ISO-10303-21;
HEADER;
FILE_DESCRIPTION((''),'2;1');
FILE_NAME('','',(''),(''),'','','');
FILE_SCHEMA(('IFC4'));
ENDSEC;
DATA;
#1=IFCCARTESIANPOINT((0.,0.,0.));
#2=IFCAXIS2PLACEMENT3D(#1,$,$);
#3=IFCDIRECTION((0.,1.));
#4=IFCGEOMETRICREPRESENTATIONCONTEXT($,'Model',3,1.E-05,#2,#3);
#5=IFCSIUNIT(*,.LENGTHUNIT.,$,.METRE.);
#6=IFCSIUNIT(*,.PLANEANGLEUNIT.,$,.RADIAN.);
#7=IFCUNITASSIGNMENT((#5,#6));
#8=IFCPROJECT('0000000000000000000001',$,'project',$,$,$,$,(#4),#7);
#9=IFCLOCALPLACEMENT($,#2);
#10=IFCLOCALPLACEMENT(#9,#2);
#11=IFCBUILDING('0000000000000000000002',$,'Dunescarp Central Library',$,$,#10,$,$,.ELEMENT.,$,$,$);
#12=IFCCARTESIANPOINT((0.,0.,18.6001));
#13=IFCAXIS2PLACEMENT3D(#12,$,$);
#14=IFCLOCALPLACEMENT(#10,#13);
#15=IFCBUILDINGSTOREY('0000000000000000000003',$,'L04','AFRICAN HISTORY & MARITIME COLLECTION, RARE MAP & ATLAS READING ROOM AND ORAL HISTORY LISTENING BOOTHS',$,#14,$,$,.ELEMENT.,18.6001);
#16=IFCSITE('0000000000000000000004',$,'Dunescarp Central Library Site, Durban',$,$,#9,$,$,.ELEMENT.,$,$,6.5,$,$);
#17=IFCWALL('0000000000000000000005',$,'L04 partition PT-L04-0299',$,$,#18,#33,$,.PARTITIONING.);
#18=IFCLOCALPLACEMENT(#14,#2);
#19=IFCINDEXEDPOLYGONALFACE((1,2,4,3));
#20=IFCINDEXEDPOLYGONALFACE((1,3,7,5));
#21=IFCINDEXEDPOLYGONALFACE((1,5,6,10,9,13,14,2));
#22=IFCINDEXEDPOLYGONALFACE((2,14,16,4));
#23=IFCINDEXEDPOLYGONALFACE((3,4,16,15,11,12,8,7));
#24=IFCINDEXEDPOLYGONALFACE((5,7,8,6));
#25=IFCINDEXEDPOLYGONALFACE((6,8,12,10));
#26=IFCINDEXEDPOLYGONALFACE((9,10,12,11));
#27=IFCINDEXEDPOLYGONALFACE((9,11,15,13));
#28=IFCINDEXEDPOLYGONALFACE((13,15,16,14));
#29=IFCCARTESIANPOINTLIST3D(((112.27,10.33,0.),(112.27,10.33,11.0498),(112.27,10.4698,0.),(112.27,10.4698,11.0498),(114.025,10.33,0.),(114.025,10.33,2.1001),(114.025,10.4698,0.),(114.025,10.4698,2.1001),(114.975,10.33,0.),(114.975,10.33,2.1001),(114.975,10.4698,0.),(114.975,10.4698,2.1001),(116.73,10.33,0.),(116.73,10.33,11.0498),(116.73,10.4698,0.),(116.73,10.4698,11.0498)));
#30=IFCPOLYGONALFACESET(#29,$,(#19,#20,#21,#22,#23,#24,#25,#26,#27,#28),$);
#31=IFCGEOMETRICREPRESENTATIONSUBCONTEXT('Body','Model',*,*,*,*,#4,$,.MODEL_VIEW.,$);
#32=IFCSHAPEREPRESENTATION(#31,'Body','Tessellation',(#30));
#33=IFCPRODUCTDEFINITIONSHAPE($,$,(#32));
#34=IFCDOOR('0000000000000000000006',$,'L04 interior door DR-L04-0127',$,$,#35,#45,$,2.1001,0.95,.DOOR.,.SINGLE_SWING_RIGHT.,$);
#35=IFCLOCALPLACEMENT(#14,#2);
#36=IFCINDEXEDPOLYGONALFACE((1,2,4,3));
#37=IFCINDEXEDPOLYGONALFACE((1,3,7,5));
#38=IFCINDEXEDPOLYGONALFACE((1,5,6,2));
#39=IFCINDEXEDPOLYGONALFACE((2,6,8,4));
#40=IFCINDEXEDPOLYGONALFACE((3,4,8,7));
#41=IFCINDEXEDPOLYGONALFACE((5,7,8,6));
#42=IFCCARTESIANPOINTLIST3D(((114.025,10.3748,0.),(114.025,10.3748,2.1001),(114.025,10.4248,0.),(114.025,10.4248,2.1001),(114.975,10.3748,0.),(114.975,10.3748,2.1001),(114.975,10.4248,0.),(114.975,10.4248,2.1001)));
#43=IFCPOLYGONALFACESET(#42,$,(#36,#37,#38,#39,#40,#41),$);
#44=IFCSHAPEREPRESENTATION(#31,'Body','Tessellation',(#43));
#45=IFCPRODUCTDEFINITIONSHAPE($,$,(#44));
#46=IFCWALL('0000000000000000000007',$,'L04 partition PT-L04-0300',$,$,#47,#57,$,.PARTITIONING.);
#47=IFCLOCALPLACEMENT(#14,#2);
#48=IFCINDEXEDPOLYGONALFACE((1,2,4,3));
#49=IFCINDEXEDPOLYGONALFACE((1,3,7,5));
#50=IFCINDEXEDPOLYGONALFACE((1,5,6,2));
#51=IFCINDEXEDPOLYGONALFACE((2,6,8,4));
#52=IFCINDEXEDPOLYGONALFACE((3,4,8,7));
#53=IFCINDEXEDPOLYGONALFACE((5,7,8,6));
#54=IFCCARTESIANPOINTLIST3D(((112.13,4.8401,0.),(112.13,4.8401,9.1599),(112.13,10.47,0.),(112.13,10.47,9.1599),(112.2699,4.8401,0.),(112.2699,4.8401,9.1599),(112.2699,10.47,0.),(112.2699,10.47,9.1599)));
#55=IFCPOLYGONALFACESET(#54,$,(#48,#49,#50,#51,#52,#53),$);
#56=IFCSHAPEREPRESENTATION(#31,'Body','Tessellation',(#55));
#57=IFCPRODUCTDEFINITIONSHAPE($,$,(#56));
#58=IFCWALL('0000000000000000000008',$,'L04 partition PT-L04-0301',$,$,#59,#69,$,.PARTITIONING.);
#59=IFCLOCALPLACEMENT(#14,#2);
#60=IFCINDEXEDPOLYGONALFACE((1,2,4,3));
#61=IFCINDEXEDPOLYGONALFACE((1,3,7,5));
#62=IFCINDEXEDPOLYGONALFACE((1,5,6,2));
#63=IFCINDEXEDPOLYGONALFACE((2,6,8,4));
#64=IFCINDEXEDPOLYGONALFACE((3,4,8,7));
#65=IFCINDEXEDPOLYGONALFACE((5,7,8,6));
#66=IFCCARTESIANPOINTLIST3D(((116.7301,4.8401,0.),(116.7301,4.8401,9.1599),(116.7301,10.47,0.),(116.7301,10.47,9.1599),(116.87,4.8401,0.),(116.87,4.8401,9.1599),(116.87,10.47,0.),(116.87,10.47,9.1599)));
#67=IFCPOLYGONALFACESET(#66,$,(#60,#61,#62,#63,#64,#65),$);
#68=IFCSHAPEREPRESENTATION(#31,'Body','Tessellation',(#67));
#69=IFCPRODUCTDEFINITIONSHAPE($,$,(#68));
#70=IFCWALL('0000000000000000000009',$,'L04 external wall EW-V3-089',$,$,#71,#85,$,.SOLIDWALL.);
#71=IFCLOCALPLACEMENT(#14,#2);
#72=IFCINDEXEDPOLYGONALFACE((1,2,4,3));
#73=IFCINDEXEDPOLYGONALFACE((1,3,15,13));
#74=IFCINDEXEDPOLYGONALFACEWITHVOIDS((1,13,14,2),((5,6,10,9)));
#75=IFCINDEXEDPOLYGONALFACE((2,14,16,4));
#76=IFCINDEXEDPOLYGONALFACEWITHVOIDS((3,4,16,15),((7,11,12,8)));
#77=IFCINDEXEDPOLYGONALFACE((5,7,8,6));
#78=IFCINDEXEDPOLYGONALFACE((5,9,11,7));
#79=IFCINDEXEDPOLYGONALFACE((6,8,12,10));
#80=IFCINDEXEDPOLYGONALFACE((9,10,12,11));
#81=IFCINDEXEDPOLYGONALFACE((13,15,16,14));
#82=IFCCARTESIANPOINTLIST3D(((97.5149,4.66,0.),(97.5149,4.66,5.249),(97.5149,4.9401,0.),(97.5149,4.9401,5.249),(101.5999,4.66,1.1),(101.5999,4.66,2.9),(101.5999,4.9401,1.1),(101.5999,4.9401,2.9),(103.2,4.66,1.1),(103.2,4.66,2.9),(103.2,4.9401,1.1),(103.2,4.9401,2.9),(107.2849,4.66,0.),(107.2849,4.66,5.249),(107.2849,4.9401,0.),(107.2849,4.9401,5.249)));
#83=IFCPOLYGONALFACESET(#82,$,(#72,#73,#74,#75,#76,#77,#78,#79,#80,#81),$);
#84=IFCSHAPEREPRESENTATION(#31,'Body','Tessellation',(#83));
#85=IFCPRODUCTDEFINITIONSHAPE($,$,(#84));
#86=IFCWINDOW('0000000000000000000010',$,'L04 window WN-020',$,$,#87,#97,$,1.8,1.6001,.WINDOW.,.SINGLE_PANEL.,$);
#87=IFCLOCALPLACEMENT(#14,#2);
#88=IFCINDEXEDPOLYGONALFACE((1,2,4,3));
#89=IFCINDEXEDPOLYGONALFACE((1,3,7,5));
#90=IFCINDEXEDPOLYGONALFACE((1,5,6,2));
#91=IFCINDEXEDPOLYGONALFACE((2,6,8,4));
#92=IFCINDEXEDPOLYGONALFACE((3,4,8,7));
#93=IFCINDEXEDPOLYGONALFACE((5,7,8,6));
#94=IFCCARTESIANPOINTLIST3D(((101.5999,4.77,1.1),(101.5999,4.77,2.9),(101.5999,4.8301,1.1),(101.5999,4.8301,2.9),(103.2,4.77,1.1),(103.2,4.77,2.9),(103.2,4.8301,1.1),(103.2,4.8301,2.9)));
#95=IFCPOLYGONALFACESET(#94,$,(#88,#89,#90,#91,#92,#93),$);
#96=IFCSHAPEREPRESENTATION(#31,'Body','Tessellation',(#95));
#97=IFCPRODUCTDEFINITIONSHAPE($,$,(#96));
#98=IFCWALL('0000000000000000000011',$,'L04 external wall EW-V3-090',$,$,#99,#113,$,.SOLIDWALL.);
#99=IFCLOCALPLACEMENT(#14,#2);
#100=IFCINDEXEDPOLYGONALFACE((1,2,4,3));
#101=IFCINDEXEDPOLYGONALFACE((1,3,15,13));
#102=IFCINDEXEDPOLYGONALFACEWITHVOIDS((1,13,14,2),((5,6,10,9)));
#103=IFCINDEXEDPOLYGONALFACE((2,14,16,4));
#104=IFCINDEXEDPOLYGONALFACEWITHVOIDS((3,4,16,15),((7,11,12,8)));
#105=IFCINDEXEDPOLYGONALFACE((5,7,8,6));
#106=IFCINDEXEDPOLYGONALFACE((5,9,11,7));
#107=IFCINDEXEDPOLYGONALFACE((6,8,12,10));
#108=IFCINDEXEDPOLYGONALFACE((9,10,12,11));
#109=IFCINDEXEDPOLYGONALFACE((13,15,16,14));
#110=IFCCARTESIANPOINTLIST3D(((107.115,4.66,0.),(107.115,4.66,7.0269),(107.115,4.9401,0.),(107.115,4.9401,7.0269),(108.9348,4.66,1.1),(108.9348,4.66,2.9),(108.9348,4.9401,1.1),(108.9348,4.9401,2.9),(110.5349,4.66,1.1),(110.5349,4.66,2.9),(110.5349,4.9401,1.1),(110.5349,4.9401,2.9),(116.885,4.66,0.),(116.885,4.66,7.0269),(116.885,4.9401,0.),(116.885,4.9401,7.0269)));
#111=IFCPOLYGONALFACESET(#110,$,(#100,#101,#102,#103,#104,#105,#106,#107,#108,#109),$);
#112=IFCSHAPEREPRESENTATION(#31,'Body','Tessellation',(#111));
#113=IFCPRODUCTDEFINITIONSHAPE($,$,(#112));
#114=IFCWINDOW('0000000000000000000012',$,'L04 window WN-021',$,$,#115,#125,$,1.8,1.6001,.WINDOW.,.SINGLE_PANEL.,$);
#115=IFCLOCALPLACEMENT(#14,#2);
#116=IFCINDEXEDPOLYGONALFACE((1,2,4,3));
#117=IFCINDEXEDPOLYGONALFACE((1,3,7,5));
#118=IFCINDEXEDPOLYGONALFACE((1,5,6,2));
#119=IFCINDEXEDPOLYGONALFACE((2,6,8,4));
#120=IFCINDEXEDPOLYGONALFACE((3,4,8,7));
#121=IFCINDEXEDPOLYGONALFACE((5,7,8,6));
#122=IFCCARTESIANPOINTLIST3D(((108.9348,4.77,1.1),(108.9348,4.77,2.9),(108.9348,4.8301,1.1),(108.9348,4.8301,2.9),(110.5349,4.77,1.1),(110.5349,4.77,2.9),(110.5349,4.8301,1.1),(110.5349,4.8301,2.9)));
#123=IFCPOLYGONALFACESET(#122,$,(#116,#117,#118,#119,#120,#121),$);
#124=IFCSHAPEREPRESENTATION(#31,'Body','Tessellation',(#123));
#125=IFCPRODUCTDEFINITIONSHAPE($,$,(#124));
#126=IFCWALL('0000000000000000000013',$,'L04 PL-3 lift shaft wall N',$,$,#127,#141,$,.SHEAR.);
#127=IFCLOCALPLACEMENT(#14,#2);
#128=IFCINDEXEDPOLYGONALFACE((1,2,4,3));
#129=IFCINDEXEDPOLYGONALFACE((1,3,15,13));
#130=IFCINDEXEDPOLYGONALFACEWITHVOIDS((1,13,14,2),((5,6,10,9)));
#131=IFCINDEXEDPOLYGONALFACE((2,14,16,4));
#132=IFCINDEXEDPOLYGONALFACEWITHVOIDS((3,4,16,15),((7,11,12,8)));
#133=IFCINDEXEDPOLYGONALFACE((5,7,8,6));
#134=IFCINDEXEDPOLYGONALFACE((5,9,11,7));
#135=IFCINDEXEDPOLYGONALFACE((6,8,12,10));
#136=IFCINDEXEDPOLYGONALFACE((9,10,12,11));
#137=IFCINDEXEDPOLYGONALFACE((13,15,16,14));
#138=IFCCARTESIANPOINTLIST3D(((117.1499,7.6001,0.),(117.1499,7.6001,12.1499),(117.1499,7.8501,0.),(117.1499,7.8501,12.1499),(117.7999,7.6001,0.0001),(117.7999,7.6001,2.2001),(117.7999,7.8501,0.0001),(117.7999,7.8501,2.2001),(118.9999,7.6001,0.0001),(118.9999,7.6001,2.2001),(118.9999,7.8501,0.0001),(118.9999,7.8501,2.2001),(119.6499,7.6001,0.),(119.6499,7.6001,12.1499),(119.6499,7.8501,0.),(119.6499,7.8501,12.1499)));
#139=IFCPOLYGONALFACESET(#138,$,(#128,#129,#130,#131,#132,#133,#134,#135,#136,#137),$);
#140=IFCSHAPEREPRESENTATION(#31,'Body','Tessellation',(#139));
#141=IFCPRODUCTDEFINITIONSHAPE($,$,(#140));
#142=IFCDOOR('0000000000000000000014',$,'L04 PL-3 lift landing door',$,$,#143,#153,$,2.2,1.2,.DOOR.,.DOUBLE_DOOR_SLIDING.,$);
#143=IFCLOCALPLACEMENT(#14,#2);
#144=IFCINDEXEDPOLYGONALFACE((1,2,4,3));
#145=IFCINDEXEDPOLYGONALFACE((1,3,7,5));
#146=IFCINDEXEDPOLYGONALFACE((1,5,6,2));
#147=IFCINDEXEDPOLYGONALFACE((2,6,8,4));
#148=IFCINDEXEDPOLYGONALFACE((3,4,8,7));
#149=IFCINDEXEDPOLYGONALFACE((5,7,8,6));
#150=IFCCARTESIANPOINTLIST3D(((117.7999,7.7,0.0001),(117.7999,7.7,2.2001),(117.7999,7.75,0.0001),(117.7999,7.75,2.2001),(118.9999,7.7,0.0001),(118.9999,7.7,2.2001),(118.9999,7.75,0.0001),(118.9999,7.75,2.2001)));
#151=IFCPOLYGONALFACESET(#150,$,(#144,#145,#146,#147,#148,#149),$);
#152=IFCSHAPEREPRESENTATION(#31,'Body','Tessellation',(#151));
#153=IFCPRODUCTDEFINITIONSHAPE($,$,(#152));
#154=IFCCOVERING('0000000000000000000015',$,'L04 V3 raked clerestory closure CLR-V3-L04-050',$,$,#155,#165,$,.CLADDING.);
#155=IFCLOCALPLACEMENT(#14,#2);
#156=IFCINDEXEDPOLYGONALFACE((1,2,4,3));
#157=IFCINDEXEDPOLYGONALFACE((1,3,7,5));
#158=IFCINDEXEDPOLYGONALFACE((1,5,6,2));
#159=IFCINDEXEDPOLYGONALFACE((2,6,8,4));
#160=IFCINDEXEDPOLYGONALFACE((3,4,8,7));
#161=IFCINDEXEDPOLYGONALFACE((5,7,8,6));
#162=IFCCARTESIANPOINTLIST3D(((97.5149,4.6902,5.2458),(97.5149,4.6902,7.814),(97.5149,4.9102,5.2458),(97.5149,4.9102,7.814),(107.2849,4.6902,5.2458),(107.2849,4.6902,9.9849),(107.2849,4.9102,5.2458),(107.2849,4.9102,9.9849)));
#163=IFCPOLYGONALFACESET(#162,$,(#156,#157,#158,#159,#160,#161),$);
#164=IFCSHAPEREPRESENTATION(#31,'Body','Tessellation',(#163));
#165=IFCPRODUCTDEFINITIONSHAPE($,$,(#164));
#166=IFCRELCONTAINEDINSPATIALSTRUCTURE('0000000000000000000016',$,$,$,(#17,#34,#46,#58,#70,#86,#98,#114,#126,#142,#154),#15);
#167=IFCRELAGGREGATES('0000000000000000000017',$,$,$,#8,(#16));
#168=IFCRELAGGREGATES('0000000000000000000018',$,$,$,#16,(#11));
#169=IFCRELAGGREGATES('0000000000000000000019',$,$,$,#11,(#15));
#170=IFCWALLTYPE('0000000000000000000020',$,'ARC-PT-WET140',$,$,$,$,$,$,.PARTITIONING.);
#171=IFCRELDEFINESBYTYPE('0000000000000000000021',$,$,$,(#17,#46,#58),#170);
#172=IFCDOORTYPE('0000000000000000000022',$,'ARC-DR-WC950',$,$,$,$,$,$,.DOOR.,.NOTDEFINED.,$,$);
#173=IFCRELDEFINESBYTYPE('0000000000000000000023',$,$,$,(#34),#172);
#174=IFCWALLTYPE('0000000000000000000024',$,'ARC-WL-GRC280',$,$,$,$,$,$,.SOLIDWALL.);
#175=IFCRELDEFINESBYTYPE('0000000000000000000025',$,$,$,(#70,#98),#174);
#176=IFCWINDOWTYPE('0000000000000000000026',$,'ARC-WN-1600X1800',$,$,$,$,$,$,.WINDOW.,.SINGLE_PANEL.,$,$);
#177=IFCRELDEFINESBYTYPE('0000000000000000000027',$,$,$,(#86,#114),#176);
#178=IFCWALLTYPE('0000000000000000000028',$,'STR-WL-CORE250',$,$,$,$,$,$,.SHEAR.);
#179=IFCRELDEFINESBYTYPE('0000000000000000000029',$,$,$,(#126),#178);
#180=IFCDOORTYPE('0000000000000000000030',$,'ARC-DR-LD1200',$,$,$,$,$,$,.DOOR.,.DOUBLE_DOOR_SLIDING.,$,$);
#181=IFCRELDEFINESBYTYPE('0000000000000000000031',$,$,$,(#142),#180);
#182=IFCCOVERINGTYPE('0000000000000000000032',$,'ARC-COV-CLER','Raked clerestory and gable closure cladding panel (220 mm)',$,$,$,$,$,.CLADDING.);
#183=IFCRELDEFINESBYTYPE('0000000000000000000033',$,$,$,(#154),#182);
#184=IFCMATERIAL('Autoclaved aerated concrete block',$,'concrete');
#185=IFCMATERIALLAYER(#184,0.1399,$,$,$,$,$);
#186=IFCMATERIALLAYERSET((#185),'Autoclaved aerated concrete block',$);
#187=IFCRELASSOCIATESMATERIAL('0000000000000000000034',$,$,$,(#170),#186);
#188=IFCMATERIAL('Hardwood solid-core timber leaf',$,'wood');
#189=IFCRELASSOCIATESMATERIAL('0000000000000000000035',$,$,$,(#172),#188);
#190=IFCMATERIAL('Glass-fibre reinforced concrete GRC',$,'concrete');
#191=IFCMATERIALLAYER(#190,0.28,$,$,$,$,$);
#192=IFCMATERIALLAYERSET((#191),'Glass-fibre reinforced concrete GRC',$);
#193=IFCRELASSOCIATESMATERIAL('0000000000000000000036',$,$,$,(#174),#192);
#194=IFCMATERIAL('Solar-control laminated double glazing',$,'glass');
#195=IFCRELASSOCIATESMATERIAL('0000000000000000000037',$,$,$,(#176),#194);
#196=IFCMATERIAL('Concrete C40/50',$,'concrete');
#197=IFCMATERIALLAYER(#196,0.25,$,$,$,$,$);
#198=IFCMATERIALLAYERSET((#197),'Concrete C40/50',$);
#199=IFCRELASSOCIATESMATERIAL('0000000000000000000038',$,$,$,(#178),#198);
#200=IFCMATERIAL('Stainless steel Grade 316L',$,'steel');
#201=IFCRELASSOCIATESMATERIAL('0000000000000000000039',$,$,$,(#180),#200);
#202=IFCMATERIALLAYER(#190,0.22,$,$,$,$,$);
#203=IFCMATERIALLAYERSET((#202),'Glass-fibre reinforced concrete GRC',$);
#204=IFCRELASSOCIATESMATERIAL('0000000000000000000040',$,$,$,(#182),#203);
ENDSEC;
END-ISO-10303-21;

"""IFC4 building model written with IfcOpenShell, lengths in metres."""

from ifc_helpers import new_model, si_unit, direction, frame, frame_2d, origin, place, context, subcontext, project, spatial, polyline, rectangle, outline, extrude, material, layer, layer_set, type_object, element, fill, save


model = new_model("IFC4")

# Units and contexts
model_context = context("Model", 3, precision=1e-05, world=origin(), true_north=direction((0.0, 1.0)))
body_context = subcontext(model_context, "Body", "Model", "MODEL_VIEW")
ifc_project = project(units=[si_unit("LENGTHUNIT", "METRE"), si_unit("PLANEANGLEUNIT", "RADIAN")], contexts=[model_context])

# Site, building, storey
site_placement = place(None, origin())
site = spatial("IfcSite", under=ifc_project, at=site_placement, Name="Dunescarp Central Library Site, Durban", CompositionType="ELEMENT", RefElevation=6.5)
building_placement = place(site_placement, origin())
building = spatial("IfcBuilding", under=site, at=building_placement, Name="Dunescarp Central Library", CompositionType="ELEMENT")
storey_placement = place(building_placement, frame((0.0, 0.0, 18.6001)))
storey = spatial("IfcBuildingStorey", under=building, at=storey_placement, Name="L04", Description="AFRICAN HISTORY & MARITIME COLLECTION, RARE MAP & ATLAS READING ROOM AND ORAL HISTORY LISTENING BOOTHS", CompositionType="ELEMENT", Elevation=18.6001)

# Wall, opening, door
ifc_material_1 = material(Name="Autoclaved aerated concrete block", Category="concrete")
ifc_layer_1 = layer(ifc_material_1, 0.1399)
ifc_layer_set_1 = layer_set([ifc_layer_1], Name="Autoclaved aerated concrete block")
wall_type_1 = type_object("IfcWallType", Name="ARC-PT-WET140", PredefinedType="PARTITIONING", material=ifc_layer_set_1)
wall_1_placement = place(storey_placement, frame((112.27, 10.3999, 0.0), z_axis=(0.0, 0.0, 1.0), x_axis=(1.0, 0.0, 0.0)))
wall_1 = element("IfcWall", 1, at=wall_1_placement, inside=storey, type_object=wall_type_1, Name="L04 partition PT-L04-0299", PredefinedType="PARTITIONING", context=body_context, shape_type="SweptSolid", body=[
    extrude(rectangle(XDim=4.46, YDim=0.1399, at=frame_2d((2.23, 0.0))), origin(), (0.0, 0.0, 1.0), 11.0498),
])
opening_1_placement = place(wall_1_placement, frame((1.7549, 0.0, 0.0)))
opening_1 = element("IfcOpeningElement", 2, at=opening_1_placement, cuts=wall_1, PredefinedType="OPENING", context=body_context, shape_type="SweptSolid", body=[
    extrude(rectangle(XDim=0.95, YDim=2.1001, at=frame_2d((0.4751, 1.05))), frame((0.0, 0.0801, 0.0), z_axis=(0.0, -1.0, 0.0), x_axis=(1.0, 0.0, 0.0)), (0.0, 0.0, 1.0), 0.1599),
])
ifc_material_2 = material(Name="Hardwood solid-core timber leaf", Category="wood")
door_type_1 = type_object("IfcDoorType", Name="ARC-DR-WC950", OperationType="NOTDEFINED", PredefinedType="DOOR", material=ifc_material_2)
door_1_placement = place(opening_1_placement, origin())
door_1 = element("IfcDoor", 3, at=door_1_placement, inside=storey, type_object=door_type_1, Name="L04 interior door DR-L04-0127", OperationType="SINGLE_SWING_RIGHT", OverallHeight=2.1001, OverallWidth=0.95, PredefinedType="DOOR", context=body_context, shape_type="SweptSolid", body=[
    extrude(rectangle(XDim=0.95, YDim=2.1001, at=frame_2d((0.4751, 1.05))), frame((0.0, 0.0249, 0.0), z_axis=(0.0, -1.0, 0.0), x_axis=(1.0, 0.0, 0.0)), (0.0, 0.0, 1.0), 0.05),
])
fill(opening_1, door_1)

# Walls
for number, where, z_axis, x_axis, name in (
    (4, (112.2, 4.8401, 0.0), (0.0, 0.0, 1.0), (0.0, 1.0, 0.0), "L04 partition PT-L04-0300"),
    (5, (116.8, 4.8401, 0.0), (0.0, 0.0, 1.0), (0.0, 1.0, 0.0), "L04 partition PT-L04-0301"),
):
    element("IfcWall", number, at=place(storey_placement, frame(where, z_axis=z_axis, x_axis=x_axis)), inside=storey, type_object=wall_type_1, Name=name, PredefinedType="PARTITIONING", context=body_context, shape_type="SweptSolid", body=[
        extrude(rectangle(XDim=5.6299, YDim=0.1399, at=frame_2d((2.8149, 0.0))), origin(), (0.0, 0.0, 1.0), 9.1599),
    ])

# Walls, openings, windows
ifc_material_3 = material(Name="Glass-fibre reinforced concrete GRC", Category="concrete")
ifc_layer_2 = layer(ifc_material_3, 0.28)
ifc_layer_set_2 = layer_set([ifc_layer_2], Name="Glass-fibre reinforced concrete GRC")
wall_type_2 = type_object("IfcWallType", Name="ARC-WL-GRC280", PredefinedType="SOLIDWALL", material=ifc_layer_set_2)
wall_2_placement = place(storey_placement, frame((107.2849, 4.8, 0.0), z_axis=(0.0, 0.0, 1.0), x_axis=(-1.0, 0.0, 0.0)))
wall_2 = element("IfcWall", 6, at=wall_2_placement, inside=storey, type_object=wall_type_2, Name="L04 external wall EW-V3-089", PredefinedType="SOLIDWALL", context=body_context, shape_type="SweptSolid", body=[
    extrude(rectangle(XDim=9.77, YDim=0.28, at=frame_2d((4.885, 0.0))), origin(), (0.0, 0.0, 1.0), 5.249),
])
opening_2_placement = place(wall_2_placement, frame((4.085, 0.0, 1.1001)))
opening_2 = element("IfcOpeningElement", 7, at=opening_2_placement, cuts=wall_2, PredefinedType="OPENING", context=body_context, shape_type="SweptSolid", body=[
    extrude(rectangle(XDim=1.6001, YDim=1.8, at=frame_2d((0.8, 0.8999))), frame((0.0, 0.1499, 0.0), z_axis=(0.0, -1.0, 0.0), x_axis=(1.0, 0.0, 0.0)), (0.0, 0.0, 1.0), 0.3),
])
ifc_material_4 = material(Name="Solar-control laminated double glazing", Category="glass")
window_type = type_object("IfcWindowType", Name="ARC-WN-1600X1800", PartitioningType="SINGLE_PANEL", PredefinedType="WINDOW", material=ifc_material_4)
window_1_placement = place(opening_2_placement, origin())
window_1 = element("IfcWindow", 8, at=window_1_placement, inside=storey, type_object=window_type, Name="L04 window WN-020", OverallHeight=1.8, OverallWidth=1.6001, PartitioningType="SINGLE_PANEL", PredefinedType="WINDOW", context=body_context, shape_type="SweptSolid", body=[
    extrude(rectangle(XDim=1.6001, YDim=1.8, at=frame_2d((0.8, 0.8999))), frame((0.0, 0.03, 0.0), z_axis=(0.0, -1.0, 0.0), x_axis=(1.0, 0.0, 0.0)), (0.0, 0.0, 1.0), 0.0601),
])
fill(opening_2, window_1)
wall_3_placement = place(storey_placement, frame((116.885, 4.8, 0.0), z_axis=(0.0, 0.0, 1.0), x_axis=(-1.0, 0.0, 0.0)))
wall_3 = element("IfcWall", 9, at=wall_3_placement, inside=storey, type_object=wall_type_2, Name="L04 external wall EW-V3-090", PredefinedType="SOLIDWALL", context=body_context, shape_type="SweptSolid", body=[
    extrude(rectangle(XDim=9.77, YDim=0.28, at=frame_2d((4.885, 0.0))), origin(), (0.0, 0.0, 1.0), 7.0269),
])
opening_3_placement = place(wall_3_placement, frame((6.3501, 0.0, 1.1001)))
opening_3 = element("IfcOpeningElement", 10, at=opening_3_placement, cuts=wall_3, PredefinedType="OPENING", context=body_context, shape_type="SweptSolid", body=[
    extrude(rectangle(XDim=1.6001, YDim=1.8, at=frame_2d((0.8, 0.8999))), frame((0.0, 0.1499, 0.0), z_axis=(0.0, -1.0, 0.0), x_axis=(1.0, 0.0, 0.0)), (0.0, 0.0, 1.0), 0.3),
])
window_2_placement = place(opening_3_placement, origin())
window_2 = element("IfcWindow", 11, at=window_2_placement, inside=storey, type_object=window_type, Name="L04 window WN-021", OverallHeight=1.8, OverallWidth=1.6001, PartitioningType="SINGLE_PANEL", PredefinedType="WINDOW", context=body_context, shape_type="SweptSolid", body=[
    extrude(rectangle(XDim=1.6001, YDim=1.8, at=frame_2d((0.8, 0.8999))), frame((0.0, 0.03, 0.0), z_axis=(0.0, -1.0, 0.0), x_axis=(1.0, 0.0, 0.0)), (0.0, 0.0, 1.0), 0.0601),
])
fill(opening_3, window_2)

# Wall, opening, door
ifc_material_5 = material(Name="Concrete C40/50", Category="concrete")
ifc_layer_3 = layer(ifc_material_5, 0.25)
ifc_layer_set_3 = layer_set([ifc_layer_3], Name="Concrete C40/50")
wall_type_3 = type_object("IfcWallType", Name="STR-WL-CORE250", PredefinedType="SHEAR", material=ifc_layer_set_3)
wall_4_placement = place(storey_placement, frame((117.1499, 7.7251, 0.0), z_axis=(0.0, 0.0, 1.0), x_axis=(1.0, 0.0, 0.0)))
wall_4 = element("IfcWall", 12, at=wall_4_placement, inside=storey, type_object=wall_type_3, Name="L04 PL-3 lift shaft wall N", PredefinedType="SHEAR", context=body_context, shape_type="SweptSolid", body=[
    extrude(rectangle(XDim=2.5, YDim=0.25, at=frame_2d((1.25, 0.0))), origin(), (0.0, 0.0, 1.0), 12.1499),
])
opening_4_placement = place(wall_4_placement, frame((0.6499, 0.0, 0.0)))
opening_4 = element("IfcOpeningElement", 13, at=opening_4_placement, cuts=wall_4, PredefinedType="OPENING", context=body_context, shape_type="SweptSolid", body=[
    extrude(rectangle(XDim=1.2, YDim=2.2, at=frame_2d((0.6001, 1.1001))), frame((0.0, 0.135, 0.0), z_axis=(0.0, -1.0, 0.0), x_axis=(1.0, 0.0, 0.0)), (0.0, 0.0, 1.0), 0.27),
])
ifc_material_6 = material(Name="Stainless steel Grade 316L", Category="steel")
door_type_2 = type_object("IfcDoorType", Name="ARC-DR-LD1200", OperationType="DOUBLE_DOOR_SLIDING", PredefinedType="DOOR", material=ifc_material_6)
door_2_placement = place(opening_4_placement, origin())
door_2 = element("IfcDoor", 14, at=door_2_placement, inside=storey, type_object=door_type_2, Name="L04 PL-3 lift landing door", OperationType="DOUBLE_DOOR_SLIDING", OverallHeight=2.2, OverallWidth=1.2, PredefinedType="DOOR", context=body_context, shape_type="SweptSolid", body=[
    extrude(rectangle(XDim=1.2, YDim=2.2, at=frame_2d((0.6001, 1.1001))), frame((0.0, 0.0249, 0.0), z_axis=(0.0, -1.0, 0.0), x_axis=(1.0, 0.0, 0.0)), (0.0, 0.0, 1.0), 0.05),
])
fill(opening_4, door_2)

# Covering
ifc_layer_4 = layer(ifc_material_3, 0.22)
ifc_layer_set_4 = layer_set([ifc_layer_4], Name="Glass-fibre reinforced concrete GRC")
covering_type = type_object("IfcCoveringType", Name="ARC-COV-CLER", Description="Raked clerestory and gable closure cladding panel (220 mm)", PredefinedType="CLADDING", material=ifc_layer_set_4)
covering_1_placement = place(storey_placement, frame((107.2849, 4.8, 5.2458), z_axis=(0.0, 0.0, 1.0), x_axis=(-1.0, 0.0, 0.0)))
element("IfcCovering", 15, at=covering_1_placement, inside=storey, type_object=covering_type, Name="L04 V3 raked clerestory closure CLR-V3-L04-050", PredefinedType="CLADDING", context=body_context, shape_type="SweptSolid", body=[
    extrude(outline(polyline([(0.0, 0.0), (9.77, 0.0), (9.77, 2.5681), (0.0, 4.739), (0.0, 0.0)])), frame((0.0, 0.1099, 0.0), z_axis=(0.0, -1.0, 0.0), x_axis=(1.0, 0.0, 0.0)), (0.0, 0.0, 1.0), 0.22),
])

save(model, "model.ifc")
